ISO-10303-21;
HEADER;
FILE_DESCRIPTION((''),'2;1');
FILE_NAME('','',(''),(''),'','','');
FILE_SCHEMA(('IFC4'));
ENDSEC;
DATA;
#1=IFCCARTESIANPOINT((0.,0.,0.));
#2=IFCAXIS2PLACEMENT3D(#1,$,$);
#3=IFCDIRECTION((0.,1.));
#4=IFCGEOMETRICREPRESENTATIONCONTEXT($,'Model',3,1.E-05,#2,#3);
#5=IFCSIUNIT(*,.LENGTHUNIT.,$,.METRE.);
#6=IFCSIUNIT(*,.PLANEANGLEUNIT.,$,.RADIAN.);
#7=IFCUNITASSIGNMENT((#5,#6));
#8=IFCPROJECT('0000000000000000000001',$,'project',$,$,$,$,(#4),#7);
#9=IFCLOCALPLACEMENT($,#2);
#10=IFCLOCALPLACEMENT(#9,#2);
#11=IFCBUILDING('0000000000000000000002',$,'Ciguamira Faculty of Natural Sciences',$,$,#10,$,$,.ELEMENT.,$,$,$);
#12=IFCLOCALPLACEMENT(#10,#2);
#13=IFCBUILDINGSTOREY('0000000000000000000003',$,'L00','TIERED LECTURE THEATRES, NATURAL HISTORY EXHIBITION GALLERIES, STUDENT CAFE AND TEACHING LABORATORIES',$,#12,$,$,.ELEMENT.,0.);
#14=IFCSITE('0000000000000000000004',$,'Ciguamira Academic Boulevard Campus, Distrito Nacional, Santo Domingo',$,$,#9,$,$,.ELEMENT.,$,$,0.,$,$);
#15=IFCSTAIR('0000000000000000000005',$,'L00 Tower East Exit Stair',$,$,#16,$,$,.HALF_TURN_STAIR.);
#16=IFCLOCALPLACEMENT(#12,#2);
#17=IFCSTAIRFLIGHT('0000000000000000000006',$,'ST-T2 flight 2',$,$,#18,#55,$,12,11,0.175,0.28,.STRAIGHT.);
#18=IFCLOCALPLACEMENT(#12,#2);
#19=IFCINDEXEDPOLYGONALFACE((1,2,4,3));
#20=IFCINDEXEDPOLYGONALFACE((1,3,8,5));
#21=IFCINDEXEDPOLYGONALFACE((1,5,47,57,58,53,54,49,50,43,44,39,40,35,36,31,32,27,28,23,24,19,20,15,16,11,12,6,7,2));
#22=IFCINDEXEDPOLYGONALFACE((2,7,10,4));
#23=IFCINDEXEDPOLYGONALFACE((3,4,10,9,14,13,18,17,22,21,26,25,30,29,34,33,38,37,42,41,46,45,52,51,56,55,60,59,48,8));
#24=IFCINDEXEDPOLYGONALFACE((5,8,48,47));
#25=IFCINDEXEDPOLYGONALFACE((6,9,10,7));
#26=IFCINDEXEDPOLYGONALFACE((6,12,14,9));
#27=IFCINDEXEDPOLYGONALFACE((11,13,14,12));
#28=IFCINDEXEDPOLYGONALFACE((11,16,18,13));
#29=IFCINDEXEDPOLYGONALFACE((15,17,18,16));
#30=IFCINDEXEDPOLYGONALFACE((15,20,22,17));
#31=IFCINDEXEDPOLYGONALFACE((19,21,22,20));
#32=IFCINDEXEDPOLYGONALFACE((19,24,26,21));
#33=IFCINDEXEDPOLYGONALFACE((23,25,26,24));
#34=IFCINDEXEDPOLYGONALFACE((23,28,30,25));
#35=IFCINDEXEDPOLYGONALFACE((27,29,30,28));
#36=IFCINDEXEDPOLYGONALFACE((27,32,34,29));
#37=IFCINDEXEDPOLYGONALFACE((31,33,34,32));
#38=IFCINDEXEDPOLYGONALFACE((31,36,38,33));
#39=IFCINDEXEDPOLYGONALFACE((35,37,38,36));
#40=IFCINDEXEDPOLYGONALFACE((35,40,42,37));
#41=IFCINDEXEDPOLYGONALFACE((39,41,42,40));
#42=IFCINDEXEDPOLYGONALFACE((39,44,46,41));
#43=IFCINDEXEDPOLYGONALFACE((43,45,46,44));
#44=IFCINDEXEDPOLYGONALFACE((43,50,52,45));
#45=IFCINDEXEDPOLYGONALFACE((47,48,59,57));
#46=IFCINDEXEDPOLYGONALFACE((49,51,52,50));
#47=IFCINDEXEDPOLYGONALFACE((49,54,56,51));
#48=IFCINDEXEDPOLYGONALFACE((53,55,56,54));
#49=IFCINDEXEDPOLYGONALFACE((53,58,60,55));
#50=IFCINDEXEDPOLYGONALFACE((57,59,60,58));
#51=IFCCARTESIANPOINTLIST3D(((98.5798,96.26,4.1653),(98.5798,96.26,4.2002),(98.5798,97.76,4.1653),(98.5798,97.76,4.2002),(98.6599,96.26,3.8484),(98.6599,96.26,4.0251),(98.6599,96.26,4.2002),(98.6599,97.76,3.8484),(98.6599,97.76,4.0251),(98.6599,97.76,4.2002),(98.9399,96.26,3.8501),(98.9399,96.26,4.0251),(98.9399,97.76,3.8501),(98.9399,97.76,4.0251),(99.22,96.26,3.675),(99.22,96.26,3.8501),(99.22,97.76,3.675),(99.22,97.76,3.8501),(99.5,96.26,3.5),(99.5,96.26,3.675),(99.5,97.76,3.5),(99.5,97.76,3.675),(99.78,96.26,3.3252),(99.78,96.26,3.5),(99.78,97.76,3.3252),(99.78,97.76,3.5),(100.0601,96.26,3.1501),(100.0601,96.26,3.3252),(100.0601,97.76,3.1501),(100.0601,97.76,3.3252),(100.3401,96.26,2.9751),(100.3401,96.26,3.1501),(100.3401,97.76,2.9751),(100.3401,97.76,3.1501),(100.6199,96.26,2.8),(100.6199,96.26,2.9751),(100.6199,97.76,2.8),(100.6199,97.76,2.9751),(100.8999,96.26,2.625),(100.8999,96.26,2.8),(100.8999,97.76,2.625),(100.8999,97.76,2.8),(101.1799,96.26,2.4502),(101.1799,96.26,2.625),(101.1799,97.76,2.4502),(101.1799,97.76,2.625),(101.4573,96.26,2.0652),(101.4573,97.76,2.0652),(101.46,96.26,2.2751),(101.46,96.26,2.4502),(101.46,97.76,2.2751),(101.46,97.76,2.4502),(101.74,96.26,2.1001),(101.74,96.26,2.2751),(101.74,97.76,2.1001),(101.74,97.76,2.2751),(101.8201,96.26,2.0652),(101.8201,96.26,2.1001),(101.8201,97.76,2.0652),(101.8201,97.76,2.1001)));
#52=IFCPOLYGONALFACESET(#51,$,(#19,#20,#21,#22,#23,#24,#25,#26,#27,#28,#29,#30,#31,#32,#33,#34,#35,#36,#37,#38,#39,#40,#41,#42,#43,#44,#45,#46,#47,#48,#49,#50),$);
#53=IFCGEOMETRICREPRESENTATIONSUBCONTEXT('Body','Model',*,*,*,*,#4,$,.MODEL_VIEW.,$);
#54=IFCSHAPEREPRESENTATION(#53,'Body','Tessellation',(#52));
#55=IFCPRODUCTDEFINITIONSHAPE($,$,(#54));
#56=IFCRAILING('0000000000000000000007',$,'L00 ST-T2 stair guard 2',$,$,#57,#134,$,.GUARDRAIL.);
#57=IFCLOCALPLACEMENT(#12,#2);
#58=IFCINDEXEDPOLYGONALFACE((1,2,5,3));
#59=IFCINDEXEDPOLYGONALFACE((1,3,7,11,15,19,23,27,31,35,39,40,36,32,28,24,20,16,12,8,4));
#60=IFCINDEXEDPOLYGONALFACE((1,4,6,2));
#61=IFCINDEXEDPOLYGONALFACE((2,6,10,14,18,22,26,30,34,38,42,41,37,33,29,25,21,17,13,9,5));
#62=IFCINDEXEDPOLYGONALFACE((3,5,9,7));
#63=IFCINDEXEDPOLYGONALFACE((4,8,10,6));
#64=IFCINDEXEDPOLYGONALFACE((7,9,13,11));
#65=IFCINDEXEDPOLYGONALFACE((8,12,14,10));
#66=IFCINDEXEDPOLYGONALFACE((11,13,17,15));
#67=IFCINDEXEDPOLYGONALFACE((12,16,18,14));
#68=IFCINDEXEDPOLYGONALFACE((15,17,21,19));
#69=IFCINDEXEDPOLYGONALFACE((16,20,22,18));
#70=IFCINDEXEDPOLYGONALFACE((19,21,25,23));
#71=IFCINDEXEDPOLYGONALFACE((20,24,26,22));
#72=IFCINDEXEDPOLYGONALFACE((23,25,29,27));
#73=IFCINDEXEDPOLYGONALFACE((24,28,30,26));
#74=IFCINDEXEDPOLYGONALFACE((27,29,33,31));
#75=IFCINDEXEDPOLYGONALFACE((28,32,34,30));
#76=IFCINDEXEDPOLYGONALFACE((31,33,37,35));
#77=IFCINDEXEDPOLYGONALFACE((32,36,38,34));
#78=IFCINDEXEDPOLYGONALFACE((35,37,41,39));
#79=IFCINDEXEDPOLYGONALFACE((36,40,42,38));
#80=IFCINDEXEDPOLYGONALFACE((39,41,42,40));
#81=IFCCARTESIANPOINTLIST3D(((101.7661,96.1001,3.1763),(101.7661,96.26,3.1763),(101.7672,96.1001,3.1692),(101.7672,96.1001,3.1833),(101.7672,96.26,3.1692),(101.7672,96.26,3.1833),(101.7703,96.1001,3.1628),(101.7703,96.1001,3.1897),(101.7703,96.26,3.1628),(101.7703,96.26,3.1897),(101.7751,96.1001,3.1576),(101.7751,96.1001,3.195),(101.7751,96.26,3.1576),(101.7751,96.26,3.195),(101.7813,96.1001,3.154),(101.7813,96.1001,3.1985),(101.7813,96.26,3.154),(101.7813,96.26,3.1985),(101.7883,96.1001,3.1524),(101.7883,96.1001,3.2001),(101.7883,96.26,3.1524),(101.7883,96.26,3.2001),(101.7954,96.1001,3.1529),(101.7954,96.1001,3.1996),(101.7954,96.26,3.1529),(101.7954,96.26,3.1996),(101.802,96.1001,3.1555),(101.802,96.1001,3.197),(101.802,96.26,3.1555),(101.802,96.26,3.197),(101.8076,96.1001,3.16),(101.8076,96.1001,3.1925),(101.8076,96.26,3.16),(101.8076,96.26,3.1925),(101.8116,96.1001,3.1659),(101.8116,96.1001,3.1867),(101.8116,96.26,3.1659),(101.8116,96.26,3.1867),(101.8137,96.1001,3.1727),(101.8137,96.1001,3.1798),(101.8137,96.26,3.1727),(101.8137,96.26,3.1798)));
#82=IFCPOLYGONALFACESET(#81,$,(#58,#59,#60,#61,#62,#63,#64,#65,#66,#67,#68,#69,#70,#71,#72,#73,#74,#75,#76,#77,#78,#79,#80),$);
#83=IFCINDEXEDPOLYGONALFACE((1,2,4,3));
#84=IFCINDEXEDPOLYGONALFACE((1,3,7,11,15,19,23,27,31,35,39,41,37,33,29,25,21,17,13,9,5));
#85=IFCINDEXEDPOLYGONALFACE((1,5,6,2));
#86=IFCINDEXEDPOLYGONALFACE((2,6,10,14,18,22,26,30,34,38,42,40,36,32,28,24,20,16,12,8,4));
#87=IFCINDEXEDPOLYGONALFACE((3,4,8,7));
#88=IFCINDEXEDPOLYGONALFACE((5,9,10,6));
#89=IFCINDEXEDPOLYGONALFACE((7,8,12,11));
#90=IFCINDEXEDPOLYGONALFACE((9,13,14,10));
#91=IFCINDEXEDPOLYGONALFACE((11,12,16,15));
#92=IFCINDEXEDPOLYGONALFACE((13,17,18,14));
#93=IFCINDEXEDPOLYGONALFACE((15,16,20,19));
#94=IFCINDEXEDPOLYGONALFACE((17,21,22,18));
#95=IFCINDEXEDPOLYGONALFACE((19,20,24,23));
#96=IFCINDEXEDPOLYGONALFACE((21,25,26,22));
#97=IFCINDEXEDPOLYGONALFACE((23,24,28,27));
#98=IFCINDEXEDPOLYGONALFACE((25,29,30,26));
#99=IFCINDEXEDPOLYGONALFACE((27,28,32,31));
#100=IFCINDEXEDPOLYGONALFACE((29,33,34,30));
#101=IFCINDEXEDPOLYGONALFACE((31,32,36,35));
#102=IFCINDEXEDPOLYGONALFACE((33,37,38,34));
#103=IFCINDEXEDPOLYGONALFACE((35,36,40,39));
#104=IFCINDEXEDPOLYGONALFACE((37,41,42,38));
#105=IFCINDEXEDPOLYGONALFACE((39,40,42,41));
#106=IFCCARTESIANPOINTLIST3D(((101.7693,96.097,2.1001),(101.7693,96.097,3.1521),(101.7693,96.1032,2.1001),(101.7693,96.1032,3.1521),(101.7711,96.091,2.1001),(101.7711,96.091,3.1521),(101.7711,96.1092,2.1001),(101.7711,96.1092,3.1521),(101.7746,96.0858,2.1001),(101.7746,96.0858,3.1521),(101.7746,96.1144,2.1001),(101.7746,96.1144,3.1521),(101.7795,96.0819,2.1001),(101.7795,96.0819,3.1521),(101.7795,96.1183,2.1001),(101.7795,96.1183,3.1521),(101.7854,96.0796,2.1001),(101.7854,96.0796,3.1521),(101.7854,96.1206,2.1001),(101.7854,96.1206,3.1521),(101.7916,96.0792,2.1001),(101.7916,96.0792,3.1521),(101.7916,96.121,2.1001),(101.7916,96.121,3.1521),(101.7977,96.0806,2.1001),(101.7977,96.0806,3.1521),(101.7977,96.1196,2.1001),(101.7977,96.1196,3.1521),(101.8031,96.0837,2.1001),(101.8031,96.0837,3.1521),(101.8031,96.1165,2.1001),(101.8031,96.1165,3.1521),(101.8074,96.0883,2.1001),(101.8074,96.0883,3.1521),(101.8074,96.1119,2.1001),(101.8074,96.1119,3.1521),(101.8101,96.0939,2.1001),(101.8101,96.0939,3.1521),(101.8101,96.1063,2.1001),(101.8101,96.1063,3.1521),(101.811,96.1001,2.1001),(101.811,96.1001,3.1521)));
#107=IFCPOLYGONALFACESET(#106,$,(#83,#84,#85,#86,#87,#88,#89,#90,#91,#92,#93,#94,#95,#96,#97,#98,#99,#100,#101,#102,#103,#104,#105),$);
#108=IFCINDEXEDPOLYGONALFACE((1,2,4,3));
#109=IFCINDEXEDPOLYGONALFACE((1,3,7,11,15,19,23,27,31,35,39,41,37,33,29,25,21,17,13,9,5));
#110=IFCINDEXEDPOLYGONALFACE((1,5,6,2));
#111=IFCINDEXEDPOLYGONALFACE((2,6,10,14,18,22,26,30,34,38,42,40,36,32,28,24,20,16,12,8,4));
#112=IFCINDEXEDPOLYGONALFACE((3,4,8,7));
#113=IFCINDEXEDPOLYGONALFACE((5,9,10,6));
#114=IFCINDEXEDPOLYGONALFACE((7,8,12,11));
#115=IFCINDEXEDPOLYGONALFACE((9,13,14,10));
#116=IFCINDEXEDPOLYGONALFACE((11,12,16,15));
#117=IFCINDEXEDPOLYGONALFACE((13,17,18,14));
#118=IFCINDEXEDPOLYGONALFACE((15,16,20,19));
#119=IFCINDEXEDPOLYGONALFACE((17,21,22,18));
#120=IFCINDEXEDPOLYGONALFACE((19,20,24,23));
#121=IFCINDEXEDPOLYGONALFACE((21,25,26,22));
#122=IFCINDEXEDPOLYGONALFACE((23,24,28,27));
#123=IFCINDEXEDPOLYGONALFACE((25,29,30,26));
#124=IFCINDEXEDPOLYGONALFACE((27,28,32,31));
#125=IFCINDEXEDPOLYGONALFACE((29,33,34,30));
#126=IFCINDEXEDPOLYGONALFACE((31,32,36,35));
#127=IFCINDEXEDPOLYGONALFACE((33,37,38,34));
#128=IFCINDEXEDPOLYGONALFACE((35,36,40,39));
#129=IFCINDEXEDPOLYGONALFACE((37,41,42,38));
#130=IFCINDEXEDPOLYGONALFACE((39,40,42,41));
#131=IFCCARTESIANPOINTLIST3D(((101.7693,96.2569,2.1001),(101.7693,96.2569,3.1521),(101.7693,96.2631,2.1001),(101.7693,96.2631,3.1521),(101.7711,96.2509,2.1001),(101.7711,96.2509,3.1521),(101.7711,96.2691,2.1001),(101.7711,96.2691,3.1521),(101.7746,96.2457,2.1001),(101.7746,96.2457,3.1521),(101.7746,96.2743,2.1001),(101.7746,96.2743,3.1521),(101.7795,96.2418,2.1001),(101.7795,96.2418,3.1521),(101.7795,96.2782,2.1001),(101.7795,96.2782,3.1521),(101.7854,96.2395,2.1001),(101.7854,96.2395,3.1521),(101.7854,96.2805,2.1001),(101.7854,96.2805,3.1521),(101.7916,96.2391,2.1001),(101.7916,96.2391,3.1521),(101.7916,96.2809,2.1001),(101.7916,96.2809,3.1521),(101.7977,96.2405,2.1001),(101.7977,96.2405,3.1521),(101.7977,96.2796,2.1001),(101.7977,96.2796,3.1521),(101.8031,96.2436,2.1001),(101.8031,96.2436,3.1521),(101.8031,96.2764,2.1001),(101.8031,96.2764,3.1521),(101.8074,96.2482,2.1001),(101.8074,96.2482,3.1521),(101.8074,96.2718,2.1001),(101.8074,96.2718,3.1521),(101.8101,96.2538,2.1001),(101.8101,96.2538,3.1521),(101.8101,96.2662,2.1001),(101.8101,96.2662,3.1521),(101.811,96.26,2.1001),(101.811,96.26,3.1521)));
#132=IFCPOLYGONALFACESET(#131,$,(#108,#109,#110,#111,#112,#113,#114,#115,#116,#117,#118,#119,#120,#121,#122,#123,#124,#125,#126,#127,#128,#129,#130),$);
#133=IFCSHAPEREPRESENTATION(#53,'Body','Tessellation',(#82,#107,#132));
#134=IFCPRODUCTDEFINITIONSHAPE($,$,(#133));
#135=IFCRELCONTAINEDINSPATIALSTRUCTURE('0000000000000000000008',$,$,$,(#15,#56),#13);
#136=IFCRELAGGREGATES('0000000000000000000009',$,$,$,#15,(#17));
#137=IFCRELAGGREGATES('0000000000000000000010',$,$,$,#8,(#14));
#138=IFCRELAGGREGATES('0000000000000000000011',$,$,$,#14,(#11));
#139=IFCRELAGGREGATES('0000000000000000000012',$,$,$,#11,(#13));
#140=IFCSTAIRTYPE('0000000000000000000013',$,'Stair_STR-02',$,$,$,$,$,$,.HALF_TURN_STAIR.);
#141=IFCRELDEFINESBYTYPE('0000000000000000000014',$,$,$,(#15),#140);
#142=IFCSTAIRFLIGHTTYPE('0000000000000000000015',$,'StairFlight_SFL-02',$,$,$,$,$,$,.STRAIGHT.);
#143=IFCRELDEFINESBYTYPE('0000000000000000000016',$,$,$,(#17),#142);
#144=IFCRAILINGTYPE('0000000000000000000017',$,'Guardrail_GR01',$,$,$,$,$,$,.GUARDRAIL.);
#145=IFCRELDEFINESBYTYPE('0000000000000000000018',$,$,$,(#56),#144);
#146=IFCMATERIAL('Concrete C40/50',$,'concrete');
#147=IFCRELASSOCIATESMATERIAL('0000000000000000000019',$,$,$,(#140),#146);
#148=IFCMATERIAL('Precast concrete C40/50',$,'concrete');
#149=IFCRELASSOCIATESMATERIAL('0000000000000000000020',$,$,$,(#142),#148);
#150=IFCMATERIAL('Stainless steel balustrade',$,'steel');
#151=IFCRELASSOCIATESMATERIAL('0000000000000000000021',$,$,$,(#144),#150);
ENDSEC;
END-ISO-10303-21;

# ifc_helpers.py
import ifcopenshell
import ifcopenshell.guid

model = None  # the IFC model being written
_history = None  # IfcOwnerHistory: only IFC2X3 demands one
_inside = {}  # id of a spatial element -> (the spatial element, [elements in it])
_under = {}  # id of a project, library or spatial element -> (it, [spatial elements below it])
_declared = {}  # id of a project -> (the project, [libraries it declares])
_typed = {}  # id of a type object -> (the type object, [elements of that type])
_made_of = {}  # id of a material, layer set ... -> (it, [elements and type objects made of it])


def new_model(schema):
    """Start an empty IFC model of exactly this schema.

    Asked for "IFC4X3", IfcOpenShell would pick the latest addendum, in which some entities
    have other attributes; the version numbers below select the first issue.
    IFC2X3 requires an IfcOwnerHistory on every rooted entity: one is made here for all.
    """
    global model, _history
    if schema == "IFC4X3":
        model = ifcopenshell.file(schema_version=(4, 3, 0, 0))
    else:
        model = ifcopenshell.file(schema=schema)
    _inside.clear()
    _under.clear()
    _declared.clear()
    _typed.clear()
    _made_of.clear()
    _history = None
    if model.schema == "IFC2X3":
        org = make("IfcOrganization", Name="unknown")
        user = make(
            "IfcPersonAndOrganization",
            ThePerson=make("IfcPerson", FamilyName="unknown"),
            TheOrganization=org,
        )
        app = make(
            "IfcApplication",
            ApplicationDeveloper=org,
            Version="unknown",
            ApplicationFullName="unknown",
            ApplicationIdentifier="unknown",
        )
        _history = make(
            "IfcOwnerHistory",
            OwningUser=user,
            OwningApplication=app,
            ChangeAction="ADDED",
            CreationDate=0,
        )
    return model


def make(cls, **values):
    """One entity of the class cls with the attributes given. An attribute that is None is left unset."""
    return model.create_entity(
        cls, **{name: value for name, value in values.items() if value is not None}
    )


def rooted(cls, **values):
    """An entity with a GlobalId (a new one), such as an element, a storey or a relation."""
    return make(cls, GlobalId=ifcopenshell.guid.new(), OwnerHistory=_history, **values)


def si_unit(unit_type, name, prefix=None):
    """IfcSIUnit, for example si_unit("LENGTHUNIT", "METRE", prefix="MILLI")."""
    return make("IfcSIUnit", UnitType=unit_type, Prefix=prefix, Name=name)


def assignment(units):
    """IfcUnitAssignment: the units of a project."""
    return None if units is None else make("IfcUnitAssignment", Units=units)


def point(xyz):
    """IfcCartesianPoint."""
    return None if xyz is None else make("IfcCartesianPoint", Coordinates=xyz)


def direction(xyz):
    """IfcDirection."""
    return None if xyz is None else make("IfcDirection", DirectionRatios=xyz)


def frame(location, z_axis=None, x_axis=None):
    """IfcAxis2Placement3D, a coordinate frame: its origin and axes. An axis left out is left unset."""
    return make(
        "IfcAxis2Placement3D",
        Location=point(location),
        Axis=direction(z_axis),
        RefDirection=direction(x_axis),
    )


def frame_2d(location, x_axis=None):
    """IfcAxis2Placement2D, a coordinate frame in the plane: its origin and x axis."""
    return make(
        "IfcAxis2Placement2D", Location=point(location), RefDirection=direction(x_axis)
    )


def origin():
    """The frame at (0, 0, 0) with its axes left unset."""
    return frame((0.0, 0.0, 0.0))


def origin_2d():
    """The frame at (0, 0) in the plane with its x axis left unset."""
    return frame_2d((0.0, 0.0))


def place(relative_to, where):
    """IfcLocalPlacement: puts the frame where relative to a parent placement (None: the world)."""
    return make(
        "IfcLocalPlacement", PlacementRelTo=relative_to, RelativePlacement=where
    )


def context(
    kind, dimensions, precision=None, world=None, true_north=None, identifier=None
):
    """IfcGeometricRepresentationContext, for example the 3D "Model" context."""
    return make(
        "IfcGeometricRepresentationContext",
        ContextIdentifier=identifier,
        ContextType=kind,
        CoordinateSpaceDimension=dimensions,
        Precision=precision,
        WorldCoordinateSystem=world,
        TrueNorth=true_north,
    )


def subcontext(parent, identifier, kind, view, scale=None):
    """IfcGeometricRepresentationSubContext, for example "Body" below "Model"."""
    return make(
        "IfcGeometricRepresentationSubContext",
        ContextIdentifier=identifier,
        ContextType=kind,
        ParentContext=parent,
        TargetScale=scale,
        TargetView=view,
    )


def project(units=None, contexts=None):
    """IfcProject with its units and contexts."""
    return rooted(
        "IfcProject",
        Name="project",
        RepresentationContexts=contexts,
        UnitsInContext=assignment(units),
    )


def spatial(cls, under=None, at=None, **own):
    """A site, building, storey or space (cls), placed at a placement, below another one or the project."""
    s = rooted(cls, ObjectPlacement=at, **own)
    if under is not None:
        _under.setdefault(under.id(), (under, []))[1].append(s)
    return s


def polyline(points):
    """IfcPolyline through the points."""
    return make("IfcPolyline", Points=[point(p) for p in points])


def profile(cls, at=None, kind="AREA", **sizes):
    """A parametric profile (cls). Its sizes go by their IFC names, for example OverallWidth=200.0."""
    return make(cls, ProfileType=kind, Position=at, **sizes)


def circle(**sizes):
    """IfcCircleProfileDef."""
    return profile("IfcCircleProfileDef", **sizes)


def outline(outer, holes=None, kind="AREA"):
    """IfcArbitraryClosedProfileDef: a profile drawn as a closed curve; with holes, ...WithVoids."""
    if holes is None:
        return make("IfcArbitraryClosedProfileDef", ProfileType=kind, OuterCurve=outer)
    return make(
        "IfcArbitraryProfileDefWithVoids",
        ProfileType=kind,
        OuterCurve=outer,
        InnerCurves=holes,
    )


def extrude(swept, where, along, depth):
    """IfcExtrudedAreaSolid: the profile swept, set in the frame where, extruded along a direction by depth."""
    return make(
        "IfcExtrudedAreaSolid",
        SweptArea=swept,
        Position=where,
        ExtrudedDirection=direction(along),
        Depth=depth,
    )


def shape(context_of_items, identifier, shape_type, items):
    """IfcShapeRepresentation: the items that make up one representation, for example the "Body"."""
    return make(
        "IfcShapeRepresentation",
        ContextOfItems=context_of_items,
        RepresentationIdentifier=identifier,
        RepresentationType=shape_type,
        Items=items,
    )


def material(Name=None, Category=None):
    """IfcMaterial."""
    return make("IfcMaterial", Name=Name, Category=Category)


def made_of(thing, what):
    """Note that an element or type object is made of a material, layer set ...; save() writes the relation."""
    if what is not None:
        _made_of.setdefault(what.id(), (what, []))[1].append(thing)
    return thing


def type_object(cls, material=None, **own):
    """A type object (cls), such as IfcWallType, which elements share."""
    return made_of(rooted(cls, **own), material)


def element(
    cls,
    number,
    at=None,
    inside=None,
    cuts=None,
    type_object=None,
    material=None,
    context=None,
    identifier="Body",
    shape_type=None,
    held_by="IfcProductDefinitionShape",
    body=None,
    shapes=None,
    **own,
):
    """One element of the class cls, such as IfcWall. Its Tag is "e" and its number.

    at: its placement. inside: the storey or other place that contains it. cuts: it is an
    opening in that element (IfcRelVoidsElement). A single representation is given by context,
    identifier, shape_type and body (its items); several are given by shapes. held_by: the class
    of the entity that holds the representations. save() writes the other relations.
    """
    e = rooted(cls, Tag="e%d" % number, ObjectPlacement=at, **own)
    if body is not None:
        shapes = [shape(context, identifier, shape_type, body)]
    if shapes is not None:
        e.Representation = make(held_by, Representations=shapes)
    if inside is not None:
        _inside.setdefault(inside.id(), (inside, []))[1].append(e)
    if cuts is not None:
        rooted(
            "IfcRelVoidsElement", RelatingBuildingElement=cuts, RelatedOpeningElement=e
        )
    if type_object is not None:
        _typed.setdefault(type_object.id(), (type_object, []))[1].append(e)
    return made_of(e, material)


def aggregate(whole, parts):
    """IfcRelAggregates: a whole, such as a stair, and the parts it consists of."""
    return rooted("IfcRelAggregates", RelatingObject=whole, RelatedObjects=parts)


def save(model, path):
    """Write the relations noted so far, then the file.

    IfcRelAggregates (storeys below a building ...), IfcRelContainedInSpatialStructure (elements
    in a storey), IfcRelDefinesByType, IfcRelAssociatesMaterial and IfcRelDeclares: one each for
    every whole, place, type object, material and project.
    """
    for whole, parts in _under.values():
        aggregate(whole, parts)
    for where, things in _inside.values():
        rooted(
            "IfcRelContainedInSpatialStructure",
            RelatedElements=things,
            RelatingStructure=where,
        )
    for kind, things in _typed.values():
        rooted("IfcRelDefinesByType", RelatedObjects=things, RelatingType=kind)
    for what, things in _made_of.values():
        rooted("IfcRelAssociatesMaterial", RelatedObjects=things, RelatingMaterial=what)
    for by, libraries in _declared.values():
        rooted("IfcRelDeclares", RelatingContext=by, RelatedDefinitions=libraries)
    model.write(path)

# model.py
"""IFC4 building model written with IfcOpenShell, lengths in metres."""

from ifc_helpers import new_model, si_unit, direction, frame, origin, origin_2d, place, context, subcontext, project, spatial, polyline, circle, outline, extrude, material, type_object, element, aggregate, save


model = new_model("IFC4")

# Units and contexts
model_context = context("Model", 3, precision=1e-05, world=origin(), true_north=direction((0.0, 1.0)))
body_context = subcontext(model_context, "Body", "Model", "MODEL_VIEW")
ifc_project = project(units=[si_unit("LENGTHUNIT", "METRE"), si_unit("PLANEANGLEUNIT", "RADIAN")], contexts=[model_context])

# Site, building, storey
site_placement = place(None, origin())
site = spatial("IfcSite", under=ifc_project, at=site_placement, Name="Ciguamira Academic Boulevard Campus, Distrito Nacional, Santo Domingo", CompositionType="ELEMENT", RefElevation=0.0)
building_placement = place(site_placement, origin())
building = spatial("IfcBuilding", under=site, at=building_placement, Name="Ciguamira Faculty of Natural Sciences", CompositionType="ELEMENT")
storey_placement = place(building_placement, origin())
storey = spatial("IfcBuildingStorey", under=building, at=storey_placement, Name="L00", Description="TIERED LECTURE THEATRES, NATURAL HISTORY EXHIBITION GALLERIES, STUDENT CAFE AND TEACHING LABORATORIES", CompositionType="ELEMENT", Elevation=0.0)

# Shared definitions
ifc_material_1 = material(Name="Concrete C40/50", Category="concrete")

# Shared definitions
ifc_material_2 = material(Name="Precast concrete C40/50", Category="concrete")

# Stair, stair flight
stair_type = type_object("IfcStairType", Name="Stair_STR-02", PredefinedType="HALF_TURN_STAIR", material=ifc_material_1)
stair_placement = place(storey_placement, origin())
stair = element("IfcStair", 1, at=stair_placement, inside=storey, type_object=stair_type, Name="L00 Tower East Exit Stair", PredefinedType="HALF_TURN_STAIR")
stair_flight_type = type_object("IfcStairFlightType", Name="StairFlight_SFL-02", PredefinedType="STRAIGHT", material=ifc_material_2)
stair_flight_placement = place(storey_placement, frame((101.74, 97.01, 2.1001), z_axis=(0.0, 0.0, 1.0), x_axis=(-1.0, 0.0, 0.0)))
stair_flight = element("IfcStairFlight", 2, at=stair_flight_placement, type_object=stair_flight_type, Name="ST-T2 flight 2", NumberOfRisers=12, NumberOfTreads=11, PredefinedType="STRAIGHT", RiserHeight=0.175, TreadLength=0.28, context=body_context, shape_type="SweptSolid", body=[
    extrude(outline(polyline([(-0.0801, -0.0349), (-0.0801, 0.0), (0.0, 0.0), (0.0, 0.175), (0.28, 0.175), (0.28, 0.3501), (0.5601, 0.3501), (0.5601, 0.5249), (0.8401, 0.5249), (0.8401, 0.7), (1.1201, 0.7), (1.1201, 0.875), (1.3999, 0.875), (1.3999, 1.05), (1.6799, 1.05), (1.6799, 1.2251), (1.96, 1.2251), (1.96, 1.3999), (2.24, 1.3999), (2.24, 1.575), (2.52, 1.575), (2.52, 1.75), (2.8, 1.75), (2.8, 1.925), (3.0801, 1.925), (3.0801, 2.1001), (3.1602, 2.1001), (3.1602, 2.0652), (3.0801, 1.7483), (0.2827, -0.0349), (-0.0801, -0.0349)])), frame((0.0, 0.75, 0.0), z_axis=(0.0, -1.0, 0.0), x_axis=(1.0, 0.0, 0.0)), (0.0, 0.0, 1.0), 1.5),
])
aggregate(stair, [stair_flight])

# Railing
ifc_material_3 = material(Name="Stainless steel balustrade", Category="steel")
railing_type_1 = type_object("IfcRailingType", Name="Guardrail_GR01", PredefinedType="GUARDRAIL", material=ifc_material_3)
railing_1_placement = place(storey_placement, frame((101.79, 96.1001, 2.1001)))
element("IfcRailing", 3, at=railing_1_placement, inside=storey, type_object=railing_type_1, Name="L00 ST-T2 stair guard 2", PredefinedType="GUARDRAIL", context=body_context, shape_type="SweptSolid", body=[
    extrude(circle(Radius=0.0239, at=origin_2d()), frame((0.0, 0.0, 1.0762), z_axis=(0.0, 1.0, 0.0), x_axis=(-1.0, 0.0, 0.0)), (0.0, 0.0, 1.0), 0.1599),
    extrude(circle(Radius=0.021, at=origin_2d()), origin(), (0.0, 0.0, 1.0), 1.052),
    extrude(circle(Radius=0.021, at=origin_2d()), frame((0.0, 0.1599, 0.0)), (0.0, 0.0, 1.0), 1.052),
])

save(model, "model.ifc")
